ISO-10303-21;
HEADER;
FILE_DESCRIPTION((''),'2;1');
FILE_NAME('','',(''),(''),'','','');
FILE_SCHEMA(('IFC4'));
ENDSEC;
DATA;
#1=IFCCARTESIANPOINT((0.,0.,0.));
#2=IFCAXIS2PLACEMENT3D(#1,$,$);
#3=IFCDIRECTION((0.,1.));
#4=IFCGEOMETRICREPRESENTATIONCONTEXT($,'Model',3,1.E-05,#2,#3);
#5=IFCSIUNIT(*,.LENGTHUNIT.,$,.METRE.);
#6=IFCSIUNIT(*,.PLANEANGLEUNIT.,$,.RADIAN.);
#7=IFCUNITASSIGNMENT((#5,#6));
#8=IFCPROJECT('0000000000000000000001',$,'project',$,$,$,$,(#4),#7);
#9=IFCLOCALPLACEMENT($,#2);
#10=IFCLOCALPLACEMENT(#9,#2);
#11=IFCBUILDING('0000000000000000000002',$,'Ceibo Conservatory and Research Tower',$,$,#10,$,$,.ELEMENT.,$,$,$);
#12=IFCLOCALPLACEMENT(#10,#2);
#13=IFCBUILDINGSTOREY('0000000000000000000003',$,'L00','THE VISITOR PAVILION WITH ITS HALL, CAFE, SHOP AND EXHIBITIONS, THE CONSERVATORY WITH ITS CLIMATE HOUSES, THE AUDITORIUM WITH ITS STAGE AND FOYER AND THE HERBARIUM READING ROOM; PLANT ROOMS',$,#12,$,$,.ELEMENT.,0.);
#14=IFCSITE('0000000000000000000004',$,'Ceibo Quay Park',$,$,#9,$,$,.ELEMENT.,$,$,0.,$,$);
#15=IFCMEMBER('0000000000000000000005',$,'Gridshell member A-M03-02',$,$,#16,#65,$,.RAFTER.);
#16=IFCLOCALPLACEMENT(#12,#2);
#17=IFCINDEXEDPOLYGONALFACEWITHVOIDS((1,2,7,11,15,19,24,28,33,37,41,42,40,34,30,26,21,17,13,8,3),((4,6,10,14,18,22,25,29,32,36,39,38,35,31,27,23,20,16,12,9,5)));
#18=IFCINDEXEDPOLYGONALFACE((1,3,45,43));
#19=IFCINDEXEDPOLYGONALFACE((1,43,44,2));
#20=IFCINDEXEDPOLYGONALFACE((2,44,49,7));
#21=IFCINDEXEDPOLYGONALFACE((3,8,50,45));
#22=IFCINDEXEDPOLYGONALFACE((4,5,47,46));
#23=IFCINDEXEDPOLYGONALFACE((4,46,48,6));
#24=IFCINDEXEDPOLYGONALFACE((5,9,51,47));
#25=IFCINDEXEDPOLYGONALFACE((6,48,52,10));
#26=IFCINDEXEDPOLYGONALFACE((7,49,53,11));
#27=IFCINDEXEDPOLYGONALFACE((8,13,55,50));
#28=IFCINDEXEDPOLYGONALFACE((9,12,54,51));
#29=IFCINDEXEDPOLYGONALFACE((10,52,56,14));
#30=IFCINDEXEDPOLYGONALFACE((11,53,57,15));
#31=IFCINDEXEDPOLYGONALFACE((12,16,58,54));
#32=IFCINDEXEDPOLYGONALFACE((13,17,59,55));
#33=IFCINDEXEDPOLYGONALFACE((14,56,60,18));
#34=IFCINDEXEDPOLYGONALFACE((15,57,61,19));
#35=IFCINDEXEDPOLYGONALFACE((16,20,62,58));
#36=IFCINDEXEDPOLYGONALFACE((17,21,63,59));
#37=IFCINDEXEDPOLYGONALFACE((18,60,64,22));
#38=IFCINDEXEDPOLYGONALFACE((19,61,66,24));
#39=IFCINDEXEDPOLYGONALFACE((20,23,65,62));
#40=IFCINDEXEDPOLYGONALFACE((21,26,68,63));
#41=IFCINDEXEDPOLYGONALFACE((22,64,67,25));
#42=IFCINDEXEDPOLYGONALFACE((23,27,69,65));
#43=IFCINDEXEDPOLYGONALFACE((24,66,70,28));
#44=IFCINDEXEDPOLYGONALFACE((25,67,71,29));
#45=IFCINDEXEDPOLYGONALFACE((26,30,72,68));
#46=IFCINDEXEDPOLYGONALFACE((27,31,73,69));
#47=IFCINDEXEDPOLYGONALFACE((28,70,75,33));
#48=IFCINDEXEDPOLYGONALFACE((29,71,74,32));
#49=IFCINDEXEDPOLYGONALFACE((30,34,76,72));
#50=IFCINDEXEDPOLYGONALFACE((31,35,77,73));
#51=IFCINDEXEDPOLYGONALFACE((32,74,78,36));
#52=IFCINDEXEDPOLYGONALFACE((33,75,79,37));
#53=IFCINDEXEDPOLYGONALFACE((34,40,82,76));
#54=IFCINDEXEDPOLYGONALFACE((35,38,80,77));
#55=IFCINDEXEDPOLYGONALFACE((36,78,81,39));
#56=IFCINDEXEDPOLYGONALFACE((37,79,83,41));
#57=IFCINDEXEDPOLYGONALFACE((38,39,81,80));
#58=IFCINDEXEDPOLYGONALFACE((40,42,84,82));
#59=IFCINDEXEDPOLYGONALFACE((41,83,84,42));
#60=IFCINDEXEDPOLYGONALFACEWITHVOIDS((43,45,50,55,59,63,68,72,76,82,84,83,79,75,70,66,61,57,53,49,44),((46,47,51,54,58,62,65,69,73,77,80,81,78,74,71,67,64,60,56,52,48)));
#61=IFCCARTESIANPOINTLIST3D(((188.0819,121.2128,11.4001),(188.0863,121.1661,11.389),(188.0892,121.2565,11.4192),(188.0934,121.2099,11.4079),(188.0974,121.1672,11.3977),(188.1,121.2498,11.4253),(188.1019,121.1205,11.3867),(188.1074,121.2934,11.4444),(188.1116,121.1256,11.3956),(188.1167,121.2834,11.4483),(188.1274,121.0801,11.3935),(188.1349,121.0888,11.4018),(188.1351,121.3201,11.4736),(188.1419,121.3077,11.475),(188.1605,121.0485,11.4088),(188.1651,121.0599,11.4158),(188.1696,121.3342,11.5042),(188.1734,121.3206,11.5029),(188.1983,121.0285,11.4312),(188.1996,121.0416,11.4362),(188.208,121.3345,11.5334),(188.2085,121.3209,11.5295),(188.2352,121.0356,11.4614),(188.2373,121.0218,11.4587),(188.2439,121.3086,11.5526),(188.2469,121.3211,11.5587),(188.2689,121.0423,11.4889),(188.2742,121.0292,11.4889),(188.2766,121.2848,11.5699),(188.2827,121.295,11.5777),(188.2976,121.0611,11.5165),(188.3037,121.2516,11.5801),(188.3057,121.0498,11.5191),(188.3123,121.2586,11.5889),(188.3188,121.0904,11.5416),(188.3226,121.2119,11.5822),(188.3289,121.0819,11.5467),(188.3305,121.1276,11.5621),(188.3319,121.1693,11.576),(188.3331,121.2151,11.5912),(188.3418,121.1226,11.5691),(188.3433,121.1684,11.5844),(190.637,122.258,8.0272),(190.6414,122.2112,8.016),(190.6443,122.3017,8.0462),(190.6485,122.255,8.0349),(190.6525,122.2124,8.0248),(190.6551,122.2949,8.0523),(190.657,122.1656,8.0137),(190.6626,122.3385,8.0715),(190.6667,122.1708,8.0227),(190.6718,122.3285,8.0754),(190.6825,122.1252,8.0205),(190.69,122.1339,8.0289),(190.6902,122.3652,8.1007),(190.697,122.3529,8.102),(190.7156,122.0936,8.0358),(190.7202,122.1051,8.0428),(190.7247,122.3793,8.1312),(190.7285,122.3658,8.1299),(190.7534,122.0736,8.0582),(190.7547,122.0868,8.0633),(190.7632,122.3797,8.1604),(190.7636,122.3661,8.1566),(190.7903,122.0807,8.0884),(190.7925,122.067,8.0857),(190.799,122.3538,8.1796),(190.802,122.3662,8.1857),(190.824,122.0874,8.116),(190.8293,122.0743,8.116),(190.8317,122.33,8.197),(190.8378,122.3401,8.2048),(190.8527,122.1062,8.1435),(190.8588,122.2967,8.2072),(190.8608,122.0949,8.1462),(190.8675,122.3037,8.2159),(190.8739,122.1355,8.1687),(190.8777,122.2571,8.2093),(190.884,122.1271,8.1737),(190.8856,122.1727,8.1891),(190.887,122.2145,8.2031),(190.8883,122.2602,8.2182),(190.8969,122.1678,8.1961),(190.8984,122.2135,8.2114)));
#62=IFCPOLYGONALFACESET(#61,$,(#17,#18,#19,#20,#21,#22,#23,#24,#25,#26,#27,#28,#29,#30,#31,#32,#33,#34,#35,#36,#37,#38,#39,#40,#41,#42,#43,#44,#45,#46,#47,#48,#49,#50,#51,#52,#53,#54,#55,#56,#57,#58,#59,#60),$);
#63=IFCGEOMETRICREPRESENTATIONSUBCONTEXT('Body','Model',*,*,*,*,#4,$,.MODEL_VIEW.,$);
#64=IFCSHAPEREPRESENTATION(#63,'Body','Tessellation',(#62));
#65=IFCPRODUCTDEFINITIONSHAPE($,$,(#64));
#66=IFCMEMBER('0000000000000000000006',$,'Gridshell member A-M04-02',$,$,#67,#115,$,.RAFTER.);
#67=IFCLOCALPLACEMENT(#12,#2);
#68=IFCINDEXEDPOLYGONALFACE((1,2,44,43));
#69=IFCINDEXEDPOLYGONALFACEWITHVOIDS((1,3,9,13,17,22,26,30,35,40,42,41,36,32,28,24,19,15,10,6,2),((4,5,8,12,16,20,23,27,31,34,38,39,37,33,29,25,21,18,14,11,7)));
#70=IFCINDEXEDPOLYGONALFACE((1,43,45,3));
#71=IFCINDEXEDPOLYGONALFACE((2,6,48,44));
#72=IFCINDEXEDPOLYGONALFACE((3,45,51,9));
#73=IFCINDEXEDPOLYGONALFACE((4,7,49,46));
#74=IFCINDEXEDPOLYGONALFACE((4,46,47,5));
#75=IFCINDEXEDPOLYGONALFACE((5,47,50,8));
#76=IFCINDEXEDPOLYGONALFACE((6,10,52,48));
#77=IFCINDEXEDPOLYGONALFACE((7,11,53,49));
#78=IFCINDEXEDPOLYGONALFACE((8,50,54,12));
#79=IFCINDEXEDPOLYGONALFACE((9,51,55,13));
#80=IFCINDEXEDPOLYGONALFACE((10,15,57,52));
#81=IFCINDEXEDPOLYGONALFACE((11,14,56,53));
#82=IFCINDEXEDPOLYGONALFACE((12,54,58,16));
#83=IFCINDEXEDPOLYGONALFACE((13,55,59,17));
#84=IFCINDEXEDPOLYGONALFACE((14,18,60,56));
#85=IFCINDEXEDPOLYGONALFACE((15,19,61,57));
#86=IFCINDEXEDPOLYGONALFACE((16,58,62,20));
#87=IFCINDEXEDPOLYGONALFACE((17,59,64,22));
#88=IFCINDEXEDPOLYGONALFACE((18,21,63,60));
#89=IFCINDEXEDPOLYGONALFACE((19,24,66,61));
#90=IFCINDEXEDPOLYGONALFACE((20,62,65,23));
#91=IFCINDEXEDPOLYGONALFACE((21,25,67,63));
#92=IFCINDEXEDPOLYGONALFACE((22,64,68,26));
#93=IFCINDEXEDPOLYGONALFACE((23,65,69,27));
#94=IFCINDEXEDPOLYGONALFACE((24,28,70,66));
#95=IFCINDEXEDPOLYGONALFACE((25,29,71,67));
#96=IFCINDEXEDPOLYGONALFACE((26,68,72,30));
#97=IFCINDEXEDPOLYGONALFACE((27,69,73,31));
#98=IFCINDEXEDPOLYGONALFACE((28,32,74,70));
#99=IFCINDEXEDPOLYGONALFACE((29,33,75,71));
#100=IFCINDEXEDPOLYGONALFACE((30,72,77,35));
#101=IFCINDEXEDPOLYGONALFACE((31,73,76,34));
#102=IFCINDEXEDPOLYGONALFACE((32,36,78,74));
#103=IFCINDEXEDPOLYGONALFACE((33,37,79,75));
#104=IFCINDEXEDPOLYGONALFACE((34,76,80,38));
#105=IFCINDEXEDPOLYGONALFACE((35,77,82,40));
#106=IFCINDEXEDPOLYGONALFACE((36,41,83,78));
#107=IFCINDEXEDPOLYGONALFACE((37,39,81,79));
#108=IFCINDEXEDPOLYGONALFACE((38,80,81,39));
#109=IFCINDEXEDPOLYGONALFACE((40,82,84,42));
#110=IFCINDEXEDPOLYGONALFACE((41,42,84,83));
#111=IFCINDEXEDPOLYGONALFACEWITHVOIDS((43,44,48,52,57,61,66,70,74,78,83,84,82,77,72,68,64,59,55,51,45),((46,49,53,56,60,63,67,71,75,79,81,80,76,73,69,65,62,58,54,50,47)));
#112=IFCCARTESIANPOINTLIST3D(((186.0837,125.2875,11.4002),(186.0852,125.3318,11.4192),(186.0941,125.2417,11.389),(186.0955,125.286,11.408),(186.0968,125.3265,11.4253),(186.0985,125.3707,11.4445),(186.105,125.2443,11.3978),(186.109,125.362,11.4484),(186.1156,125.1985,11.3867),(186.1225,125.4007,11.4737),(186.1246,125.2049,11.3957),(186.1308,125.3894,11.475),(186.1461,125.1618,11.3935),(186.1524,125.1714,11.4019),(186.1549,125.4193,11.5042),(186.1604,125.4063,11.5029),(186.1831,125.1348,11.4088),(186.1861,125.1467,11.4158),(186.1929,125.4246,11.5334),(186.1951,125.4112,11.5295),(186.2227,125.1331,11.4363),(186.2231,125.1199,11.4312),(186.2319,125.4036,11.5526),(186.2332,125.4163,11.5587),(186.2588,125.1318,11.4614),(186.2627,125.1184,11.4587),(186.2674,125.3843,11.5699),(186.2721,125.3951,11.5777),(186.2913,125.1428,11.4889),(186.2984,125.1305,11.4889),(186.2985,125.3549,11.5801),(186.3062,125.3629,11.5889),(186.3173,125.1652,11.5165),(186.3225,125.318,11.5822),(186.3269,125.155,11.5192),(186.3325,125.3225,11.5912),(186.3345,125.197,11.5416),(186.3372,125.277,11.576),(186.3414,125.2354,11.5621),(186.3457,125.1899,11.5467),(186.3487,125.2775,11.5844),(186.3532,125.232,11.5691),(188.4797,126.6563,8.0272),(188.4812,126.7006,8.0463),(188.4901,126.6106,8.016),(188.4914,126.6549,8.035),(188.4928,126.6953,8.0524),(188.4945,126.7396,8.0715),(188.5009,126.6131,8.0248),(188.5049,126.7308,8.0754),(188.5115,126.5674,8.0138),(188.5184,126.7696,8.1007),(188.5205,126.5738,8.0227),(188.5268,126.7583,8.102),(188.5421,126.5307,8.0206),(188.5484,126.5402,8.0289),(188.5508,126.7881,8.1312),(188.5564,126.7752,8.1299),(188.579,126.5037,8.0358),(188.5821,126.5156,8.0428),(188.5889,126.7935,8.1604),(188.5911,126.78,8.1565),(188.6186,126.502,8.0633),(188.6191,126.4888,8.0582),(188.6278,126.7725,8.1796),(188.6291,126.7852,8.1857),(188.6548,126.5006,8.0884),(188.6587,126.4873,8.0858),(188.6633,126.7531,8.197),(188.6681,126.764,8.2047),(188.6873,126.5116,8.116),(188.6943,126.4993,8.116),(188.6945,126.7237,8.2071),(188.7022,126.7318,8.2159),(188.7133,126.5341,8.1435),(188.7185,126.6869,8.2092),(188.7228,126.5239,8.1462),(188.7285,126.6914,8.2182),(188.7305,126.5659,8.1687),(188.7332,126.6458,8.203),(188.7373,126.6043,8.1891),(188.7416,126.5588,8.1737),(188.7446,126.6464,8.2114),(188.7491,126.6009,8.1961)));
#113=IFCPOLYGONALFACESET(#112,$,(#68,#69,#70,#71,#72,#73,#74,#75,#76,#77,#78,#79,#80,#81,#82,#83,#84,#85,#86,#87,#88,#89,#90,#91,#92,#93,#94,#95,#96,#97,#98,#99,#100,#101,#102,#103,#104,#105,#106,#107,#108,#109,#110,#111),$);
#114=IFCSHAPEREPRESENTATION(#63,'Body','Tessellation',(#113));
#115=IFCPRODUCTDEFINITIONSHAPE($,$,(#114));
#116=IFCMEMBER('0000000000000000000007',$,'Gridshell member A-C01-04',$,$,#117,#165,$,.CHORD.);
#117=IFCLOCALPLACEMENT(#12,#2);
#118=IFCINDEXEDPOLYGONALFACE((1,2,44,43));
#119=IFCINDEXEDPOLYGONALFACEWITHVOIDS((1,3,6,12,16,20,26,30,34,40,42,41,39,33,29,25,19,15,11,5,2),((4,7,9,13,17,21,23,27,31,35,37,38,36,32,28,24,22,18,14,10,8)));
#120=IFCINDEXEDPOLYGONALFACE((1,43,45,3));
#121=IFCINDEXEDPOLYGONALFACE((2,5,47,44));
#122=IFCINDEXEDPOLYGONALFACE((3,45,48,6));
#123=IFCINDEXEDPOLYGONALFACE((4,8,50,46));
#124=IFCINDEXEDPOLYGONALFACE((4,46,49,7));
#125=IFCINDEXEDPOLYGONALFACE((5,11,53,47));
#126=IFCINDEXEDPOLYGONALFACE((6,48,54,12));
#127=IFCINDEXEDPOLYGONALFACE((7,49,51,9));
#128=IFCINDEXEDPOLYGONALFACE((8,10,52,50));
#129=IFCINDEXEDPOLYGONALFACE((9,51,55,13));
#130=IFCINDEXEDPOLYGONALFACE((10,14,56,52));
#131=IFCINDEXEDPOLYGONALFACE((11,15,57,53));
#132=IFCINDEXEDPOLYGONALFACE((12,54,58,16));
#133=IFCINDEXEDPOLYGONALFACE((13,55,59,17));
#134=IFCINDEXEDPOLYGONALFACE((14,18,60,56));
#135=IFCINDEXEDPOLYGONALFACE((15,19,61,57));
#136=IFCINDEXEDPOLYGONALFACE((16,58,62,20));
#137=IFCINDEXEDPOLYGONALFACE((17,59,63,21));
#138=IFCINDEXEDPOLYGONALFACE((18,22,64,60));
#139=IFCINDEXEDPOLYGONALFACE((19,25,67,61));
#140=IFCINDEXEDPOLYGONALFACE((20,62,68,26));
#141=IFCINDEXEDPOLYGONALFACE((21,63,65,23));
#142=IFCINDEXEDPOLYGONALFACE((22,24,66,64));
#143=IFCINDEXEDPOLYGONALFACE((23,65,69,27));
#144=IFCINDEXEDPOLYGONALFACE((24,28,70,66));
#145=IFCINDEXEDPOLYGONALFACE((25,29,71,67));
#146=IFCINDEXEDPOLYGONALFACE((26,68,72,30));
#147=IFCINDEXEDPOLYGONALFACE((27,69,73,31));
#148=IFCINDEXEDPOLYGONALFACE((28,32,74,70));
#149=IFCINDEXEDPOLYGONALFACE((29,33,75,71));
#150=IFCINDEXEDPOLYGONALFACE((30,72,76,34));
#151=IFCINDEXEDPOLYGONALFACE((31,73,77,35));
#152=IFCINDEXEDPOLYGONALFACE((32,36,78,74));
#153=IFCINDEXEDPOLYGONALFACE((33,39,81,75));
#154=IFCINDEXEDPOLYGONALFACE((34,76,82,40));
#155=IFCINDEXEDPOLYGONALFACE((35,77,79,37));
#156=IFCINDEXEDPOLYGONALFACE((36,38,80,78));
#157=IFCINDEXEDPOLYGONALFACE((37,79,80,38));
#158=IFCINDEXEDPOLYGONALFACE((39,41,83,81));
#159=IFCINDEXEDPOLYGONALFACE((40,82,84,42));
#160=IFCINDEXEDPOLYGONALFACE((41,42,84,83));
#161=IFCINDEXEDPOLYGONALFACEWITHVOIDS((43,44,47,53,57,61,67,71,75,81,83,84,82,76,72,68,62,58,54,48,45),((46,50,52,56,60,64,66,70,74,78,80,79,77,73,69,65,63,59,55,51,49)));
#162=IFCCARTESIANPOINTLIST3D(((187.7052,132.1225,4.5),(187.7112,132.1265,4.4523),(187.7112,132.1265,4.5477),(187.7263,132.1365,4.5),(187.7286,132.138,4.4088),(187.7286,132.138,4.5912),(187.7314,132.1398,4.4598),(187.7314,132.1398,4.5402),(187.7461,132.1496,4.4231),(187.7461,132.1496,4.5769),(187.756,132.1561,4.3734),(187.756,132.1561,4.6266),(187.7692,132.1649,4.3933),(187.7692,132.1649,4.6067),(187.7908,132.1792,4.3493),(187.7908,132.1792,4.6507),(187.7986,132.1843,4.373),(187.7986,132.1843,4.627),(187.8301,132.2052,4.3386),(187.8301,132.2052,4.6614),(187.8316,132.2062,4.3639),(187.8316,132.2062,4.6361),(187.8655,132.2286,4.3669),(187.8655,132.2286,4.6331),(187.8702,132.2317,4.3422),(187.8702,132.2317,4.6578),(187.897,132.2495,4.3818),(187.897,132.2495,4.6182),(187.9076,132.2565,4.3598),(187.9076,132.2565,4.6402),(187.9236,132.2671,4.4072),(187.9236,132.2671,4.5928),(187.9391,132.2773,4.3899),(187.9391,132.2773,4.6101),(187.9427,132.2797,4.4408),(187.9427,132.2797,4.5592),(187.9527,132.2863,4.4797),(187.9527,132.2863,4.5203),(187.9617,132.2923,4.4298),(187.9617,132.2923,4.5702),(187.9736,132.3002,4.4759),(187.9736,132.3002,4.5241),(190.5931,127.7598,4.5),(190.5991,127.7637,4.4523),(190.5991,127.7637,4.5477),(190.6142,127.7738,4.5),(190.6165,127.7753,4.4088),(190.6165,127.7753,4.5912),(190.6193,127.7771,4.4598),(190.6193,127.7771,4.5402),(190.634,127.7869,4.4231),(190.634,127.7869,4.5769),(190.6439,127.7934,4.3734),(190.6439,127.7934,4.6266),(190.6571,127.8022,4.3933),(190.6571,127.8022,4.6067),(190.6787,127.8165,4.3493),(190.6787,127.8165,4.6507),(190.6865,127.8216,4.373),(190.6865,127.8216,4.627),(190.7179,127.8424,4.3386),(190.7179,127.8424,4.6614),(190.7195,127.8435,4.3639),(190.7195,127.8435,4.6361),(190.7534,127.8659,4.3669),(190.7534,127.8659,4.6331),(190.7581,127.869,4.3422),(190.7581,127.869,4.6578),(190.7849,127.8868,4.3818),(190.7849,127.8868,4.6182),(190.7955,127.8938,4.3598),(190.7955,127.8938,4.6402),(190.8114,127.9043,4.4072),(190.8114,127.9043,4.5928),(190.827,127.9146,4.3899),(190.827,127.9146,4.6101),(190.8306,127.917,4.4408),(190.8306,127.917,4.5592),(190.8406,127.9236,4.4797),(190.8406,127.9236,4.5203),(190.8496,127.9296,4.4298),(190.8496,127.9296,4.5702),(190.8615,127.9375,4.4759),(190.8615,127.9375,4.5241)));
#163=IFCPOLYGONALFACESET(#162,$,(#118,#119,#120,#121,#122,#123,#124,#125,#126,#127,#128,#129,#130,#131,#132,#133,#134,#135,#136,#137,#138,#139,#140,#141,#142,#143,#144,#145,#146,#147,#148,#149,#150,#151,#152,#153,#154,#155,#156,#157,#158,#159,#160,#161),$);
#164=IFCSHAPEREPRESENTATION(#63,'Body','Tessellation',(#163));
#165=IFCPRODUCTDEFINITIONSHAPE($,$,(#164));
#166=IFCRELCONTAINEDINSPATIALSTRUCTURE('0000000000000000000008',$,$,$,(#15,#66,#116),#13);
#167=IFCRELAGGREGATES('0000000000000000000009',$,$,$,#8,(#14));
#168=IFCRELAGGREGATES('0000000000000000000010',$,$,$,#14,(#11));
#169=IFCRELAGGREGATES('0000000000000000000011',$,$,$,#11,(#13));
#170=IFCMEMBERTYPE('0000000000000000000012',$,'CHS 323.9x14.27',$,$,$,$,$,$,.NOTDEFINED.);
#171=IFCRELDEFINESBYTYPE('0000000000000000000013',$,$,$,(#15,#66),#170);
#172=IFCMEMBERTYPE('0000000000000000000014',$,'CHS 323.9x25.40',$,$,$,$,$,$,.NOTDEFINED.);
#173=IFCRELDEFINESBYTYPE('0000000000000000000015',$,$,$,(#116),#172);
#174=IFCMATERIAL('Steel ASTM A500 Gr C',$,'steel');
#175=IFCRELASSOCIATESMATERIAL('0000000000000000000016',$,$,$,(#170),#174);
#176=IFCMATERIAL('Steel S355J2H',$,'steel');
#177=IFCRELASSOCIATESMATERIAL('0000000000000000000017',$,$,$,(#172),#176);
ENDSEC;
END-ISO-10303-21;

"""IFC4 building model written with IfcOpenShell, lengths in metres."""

from ifc_helpers import new_model, si_unit, direction, frame, origin, origin_2d, place, context, subcontext, project, spatial, hollow_circle, extrude, material, material_profile, profile_set, type_object, element, save


model = new_model("IFC4")

# Units and contexts
model_context = context("Model", 3, precision=1e-05, world=origin(), true_north=direction((0.0, 1.0)))
body_context = subcontext(model_context, "Body", "Model", "MODEL_VIEW")
ifc_project = project(units=[si_unit("LENGTHUNIT", "METRE"), si_unit("PLANEANGLEUNIT", "RADIAN")], contexts=[model_context])

# Site, building, storey
site_placement = place(None, origin())
site = spatial("IfcSite", under=ifc_project, at=site_placement, Name="Ceibo Quay Park", CompositionType="ELEMENT", RefElevation=0.0)
building_placement = place(site_placement, origin())
building = spatial("IfcBuilding", under=site, at=building_placement, Name="Ceibo Conservatory and Research Tower", CompositionType="ELEMENT")
storey_placement = place(building_placement, origin())
storey = spatial("IfcBuildingStorey", under=building, at=storey_placement, Name="L00", Description="THE VISITOR PAVILION WITH ITS HALL, CAFE, SHOP AND EXHIBITIONS, THE CONSERVATORY WITH ITS CLIMATE HOUSES, THE AUDITORIUM WITH ITS STAGE AND FOYER AND THE HERBARIUM READING ROOM; PLANT ROOMS", CompositionType="ELEMENT", Elevation=0.0)

# Members
ifc_material_1 = material(Name="Steel ASTM A500 Gr C", Category="steel")
ifc_material_profile_1 = material_profile(ifc_material_1, hollow_circle(Radius=0.1619, WallThickness=0.0142, at=origin_2d()), Name="CHS 323.9x14.27")
ifc_profile_set_1 = profile_set([ifc_material_profile_1], Name="Steel ASTM A500 Gr C")
member_type_1 = type_object("IfcMemberType", Name="CHS 323.9x14.27", PredefinedType="NOTDEFINED", material=ifc_profile_set_1)
member_1_placement = place(storey_placement, frame((190.7681, 122.2241, 8.116), z_axis=(-0.586217, -0.239785, 0.773856), x_axis=(0.378592, -0.925564, 0.0)))
element("IfcMember", 1, at=member_1_placement, inside=storey, type_object=member_type_1, Name="Gridshell member A-M03-02", PredefinedType="RAFTER", context=body_context, shape_type="SweptSolid", body=[
    extrude(hollow_circle(Radius=0.1619, WallThickness=0.0142, at=origin_2d()), origin(), (0.0, 0.0, 1.0), 4.3586),
])
member_2_placement = place(storey_placement, frame((188.614, 126.6399, 8.116), z_axis=(-0.549793, -0.314112, 0.773991), x_axis=(0.496072, -0.868281, 0.0)))
element("IfcMember", 2, at=member_2_placement, inside=storey, type_object=member_type_1, Name="Gridshell member A-M04-02", PredefinedType="RAFTER", context=body_context, shape_type="SweptSolid", body=[
    extrude(hollow_circle(Radius=0.1619, WallThickness=0.0142, at=origin_2d()), origin(), (0.0, 0.0, 1.0), 4.3579),
])
ifc_material_2 = material(Name="Steel S355J2H", Category="steel")
ifc_material_profile_2 = material_profile(ifc_material_2, hollow_circle(Radius=0.1619, WallThickness=0.0254, at=origin_2d()), Name="CHS 323.9x25.40")
ifc_profile_set_2 = profile_set([ifc_material_profile_2], Name="Steel S355J2H")
member_type_2 = type_object("IfcMemberType", Name="CHS 323.9x25.40", PredefinedType="NOTDEFINED", material=ifc_profile_set_2)
member_3_placement = place(storey_placement, frame((190.728, 127.8491, 4.5), z_axis=(-0.551973, 0.833862, 0.0), x_axis=(-0.833862, -0.551973, 0.0)))
element("IfcMember", 3, at=member_3_placement, inside=storey, type_object=member_type_2, Name="Gridshell member A-C01-04", PredefinedType="CHORD", context=body_context, shape_type="SweptSolid", body=[
    extrude(hollow_circle(Radius=0.1619, WallThickness=0.0254, at=origin_2d()), origin(), (0.0, 0.0, 1.0), 5.2319),
])

save(model, "model.ifc")
